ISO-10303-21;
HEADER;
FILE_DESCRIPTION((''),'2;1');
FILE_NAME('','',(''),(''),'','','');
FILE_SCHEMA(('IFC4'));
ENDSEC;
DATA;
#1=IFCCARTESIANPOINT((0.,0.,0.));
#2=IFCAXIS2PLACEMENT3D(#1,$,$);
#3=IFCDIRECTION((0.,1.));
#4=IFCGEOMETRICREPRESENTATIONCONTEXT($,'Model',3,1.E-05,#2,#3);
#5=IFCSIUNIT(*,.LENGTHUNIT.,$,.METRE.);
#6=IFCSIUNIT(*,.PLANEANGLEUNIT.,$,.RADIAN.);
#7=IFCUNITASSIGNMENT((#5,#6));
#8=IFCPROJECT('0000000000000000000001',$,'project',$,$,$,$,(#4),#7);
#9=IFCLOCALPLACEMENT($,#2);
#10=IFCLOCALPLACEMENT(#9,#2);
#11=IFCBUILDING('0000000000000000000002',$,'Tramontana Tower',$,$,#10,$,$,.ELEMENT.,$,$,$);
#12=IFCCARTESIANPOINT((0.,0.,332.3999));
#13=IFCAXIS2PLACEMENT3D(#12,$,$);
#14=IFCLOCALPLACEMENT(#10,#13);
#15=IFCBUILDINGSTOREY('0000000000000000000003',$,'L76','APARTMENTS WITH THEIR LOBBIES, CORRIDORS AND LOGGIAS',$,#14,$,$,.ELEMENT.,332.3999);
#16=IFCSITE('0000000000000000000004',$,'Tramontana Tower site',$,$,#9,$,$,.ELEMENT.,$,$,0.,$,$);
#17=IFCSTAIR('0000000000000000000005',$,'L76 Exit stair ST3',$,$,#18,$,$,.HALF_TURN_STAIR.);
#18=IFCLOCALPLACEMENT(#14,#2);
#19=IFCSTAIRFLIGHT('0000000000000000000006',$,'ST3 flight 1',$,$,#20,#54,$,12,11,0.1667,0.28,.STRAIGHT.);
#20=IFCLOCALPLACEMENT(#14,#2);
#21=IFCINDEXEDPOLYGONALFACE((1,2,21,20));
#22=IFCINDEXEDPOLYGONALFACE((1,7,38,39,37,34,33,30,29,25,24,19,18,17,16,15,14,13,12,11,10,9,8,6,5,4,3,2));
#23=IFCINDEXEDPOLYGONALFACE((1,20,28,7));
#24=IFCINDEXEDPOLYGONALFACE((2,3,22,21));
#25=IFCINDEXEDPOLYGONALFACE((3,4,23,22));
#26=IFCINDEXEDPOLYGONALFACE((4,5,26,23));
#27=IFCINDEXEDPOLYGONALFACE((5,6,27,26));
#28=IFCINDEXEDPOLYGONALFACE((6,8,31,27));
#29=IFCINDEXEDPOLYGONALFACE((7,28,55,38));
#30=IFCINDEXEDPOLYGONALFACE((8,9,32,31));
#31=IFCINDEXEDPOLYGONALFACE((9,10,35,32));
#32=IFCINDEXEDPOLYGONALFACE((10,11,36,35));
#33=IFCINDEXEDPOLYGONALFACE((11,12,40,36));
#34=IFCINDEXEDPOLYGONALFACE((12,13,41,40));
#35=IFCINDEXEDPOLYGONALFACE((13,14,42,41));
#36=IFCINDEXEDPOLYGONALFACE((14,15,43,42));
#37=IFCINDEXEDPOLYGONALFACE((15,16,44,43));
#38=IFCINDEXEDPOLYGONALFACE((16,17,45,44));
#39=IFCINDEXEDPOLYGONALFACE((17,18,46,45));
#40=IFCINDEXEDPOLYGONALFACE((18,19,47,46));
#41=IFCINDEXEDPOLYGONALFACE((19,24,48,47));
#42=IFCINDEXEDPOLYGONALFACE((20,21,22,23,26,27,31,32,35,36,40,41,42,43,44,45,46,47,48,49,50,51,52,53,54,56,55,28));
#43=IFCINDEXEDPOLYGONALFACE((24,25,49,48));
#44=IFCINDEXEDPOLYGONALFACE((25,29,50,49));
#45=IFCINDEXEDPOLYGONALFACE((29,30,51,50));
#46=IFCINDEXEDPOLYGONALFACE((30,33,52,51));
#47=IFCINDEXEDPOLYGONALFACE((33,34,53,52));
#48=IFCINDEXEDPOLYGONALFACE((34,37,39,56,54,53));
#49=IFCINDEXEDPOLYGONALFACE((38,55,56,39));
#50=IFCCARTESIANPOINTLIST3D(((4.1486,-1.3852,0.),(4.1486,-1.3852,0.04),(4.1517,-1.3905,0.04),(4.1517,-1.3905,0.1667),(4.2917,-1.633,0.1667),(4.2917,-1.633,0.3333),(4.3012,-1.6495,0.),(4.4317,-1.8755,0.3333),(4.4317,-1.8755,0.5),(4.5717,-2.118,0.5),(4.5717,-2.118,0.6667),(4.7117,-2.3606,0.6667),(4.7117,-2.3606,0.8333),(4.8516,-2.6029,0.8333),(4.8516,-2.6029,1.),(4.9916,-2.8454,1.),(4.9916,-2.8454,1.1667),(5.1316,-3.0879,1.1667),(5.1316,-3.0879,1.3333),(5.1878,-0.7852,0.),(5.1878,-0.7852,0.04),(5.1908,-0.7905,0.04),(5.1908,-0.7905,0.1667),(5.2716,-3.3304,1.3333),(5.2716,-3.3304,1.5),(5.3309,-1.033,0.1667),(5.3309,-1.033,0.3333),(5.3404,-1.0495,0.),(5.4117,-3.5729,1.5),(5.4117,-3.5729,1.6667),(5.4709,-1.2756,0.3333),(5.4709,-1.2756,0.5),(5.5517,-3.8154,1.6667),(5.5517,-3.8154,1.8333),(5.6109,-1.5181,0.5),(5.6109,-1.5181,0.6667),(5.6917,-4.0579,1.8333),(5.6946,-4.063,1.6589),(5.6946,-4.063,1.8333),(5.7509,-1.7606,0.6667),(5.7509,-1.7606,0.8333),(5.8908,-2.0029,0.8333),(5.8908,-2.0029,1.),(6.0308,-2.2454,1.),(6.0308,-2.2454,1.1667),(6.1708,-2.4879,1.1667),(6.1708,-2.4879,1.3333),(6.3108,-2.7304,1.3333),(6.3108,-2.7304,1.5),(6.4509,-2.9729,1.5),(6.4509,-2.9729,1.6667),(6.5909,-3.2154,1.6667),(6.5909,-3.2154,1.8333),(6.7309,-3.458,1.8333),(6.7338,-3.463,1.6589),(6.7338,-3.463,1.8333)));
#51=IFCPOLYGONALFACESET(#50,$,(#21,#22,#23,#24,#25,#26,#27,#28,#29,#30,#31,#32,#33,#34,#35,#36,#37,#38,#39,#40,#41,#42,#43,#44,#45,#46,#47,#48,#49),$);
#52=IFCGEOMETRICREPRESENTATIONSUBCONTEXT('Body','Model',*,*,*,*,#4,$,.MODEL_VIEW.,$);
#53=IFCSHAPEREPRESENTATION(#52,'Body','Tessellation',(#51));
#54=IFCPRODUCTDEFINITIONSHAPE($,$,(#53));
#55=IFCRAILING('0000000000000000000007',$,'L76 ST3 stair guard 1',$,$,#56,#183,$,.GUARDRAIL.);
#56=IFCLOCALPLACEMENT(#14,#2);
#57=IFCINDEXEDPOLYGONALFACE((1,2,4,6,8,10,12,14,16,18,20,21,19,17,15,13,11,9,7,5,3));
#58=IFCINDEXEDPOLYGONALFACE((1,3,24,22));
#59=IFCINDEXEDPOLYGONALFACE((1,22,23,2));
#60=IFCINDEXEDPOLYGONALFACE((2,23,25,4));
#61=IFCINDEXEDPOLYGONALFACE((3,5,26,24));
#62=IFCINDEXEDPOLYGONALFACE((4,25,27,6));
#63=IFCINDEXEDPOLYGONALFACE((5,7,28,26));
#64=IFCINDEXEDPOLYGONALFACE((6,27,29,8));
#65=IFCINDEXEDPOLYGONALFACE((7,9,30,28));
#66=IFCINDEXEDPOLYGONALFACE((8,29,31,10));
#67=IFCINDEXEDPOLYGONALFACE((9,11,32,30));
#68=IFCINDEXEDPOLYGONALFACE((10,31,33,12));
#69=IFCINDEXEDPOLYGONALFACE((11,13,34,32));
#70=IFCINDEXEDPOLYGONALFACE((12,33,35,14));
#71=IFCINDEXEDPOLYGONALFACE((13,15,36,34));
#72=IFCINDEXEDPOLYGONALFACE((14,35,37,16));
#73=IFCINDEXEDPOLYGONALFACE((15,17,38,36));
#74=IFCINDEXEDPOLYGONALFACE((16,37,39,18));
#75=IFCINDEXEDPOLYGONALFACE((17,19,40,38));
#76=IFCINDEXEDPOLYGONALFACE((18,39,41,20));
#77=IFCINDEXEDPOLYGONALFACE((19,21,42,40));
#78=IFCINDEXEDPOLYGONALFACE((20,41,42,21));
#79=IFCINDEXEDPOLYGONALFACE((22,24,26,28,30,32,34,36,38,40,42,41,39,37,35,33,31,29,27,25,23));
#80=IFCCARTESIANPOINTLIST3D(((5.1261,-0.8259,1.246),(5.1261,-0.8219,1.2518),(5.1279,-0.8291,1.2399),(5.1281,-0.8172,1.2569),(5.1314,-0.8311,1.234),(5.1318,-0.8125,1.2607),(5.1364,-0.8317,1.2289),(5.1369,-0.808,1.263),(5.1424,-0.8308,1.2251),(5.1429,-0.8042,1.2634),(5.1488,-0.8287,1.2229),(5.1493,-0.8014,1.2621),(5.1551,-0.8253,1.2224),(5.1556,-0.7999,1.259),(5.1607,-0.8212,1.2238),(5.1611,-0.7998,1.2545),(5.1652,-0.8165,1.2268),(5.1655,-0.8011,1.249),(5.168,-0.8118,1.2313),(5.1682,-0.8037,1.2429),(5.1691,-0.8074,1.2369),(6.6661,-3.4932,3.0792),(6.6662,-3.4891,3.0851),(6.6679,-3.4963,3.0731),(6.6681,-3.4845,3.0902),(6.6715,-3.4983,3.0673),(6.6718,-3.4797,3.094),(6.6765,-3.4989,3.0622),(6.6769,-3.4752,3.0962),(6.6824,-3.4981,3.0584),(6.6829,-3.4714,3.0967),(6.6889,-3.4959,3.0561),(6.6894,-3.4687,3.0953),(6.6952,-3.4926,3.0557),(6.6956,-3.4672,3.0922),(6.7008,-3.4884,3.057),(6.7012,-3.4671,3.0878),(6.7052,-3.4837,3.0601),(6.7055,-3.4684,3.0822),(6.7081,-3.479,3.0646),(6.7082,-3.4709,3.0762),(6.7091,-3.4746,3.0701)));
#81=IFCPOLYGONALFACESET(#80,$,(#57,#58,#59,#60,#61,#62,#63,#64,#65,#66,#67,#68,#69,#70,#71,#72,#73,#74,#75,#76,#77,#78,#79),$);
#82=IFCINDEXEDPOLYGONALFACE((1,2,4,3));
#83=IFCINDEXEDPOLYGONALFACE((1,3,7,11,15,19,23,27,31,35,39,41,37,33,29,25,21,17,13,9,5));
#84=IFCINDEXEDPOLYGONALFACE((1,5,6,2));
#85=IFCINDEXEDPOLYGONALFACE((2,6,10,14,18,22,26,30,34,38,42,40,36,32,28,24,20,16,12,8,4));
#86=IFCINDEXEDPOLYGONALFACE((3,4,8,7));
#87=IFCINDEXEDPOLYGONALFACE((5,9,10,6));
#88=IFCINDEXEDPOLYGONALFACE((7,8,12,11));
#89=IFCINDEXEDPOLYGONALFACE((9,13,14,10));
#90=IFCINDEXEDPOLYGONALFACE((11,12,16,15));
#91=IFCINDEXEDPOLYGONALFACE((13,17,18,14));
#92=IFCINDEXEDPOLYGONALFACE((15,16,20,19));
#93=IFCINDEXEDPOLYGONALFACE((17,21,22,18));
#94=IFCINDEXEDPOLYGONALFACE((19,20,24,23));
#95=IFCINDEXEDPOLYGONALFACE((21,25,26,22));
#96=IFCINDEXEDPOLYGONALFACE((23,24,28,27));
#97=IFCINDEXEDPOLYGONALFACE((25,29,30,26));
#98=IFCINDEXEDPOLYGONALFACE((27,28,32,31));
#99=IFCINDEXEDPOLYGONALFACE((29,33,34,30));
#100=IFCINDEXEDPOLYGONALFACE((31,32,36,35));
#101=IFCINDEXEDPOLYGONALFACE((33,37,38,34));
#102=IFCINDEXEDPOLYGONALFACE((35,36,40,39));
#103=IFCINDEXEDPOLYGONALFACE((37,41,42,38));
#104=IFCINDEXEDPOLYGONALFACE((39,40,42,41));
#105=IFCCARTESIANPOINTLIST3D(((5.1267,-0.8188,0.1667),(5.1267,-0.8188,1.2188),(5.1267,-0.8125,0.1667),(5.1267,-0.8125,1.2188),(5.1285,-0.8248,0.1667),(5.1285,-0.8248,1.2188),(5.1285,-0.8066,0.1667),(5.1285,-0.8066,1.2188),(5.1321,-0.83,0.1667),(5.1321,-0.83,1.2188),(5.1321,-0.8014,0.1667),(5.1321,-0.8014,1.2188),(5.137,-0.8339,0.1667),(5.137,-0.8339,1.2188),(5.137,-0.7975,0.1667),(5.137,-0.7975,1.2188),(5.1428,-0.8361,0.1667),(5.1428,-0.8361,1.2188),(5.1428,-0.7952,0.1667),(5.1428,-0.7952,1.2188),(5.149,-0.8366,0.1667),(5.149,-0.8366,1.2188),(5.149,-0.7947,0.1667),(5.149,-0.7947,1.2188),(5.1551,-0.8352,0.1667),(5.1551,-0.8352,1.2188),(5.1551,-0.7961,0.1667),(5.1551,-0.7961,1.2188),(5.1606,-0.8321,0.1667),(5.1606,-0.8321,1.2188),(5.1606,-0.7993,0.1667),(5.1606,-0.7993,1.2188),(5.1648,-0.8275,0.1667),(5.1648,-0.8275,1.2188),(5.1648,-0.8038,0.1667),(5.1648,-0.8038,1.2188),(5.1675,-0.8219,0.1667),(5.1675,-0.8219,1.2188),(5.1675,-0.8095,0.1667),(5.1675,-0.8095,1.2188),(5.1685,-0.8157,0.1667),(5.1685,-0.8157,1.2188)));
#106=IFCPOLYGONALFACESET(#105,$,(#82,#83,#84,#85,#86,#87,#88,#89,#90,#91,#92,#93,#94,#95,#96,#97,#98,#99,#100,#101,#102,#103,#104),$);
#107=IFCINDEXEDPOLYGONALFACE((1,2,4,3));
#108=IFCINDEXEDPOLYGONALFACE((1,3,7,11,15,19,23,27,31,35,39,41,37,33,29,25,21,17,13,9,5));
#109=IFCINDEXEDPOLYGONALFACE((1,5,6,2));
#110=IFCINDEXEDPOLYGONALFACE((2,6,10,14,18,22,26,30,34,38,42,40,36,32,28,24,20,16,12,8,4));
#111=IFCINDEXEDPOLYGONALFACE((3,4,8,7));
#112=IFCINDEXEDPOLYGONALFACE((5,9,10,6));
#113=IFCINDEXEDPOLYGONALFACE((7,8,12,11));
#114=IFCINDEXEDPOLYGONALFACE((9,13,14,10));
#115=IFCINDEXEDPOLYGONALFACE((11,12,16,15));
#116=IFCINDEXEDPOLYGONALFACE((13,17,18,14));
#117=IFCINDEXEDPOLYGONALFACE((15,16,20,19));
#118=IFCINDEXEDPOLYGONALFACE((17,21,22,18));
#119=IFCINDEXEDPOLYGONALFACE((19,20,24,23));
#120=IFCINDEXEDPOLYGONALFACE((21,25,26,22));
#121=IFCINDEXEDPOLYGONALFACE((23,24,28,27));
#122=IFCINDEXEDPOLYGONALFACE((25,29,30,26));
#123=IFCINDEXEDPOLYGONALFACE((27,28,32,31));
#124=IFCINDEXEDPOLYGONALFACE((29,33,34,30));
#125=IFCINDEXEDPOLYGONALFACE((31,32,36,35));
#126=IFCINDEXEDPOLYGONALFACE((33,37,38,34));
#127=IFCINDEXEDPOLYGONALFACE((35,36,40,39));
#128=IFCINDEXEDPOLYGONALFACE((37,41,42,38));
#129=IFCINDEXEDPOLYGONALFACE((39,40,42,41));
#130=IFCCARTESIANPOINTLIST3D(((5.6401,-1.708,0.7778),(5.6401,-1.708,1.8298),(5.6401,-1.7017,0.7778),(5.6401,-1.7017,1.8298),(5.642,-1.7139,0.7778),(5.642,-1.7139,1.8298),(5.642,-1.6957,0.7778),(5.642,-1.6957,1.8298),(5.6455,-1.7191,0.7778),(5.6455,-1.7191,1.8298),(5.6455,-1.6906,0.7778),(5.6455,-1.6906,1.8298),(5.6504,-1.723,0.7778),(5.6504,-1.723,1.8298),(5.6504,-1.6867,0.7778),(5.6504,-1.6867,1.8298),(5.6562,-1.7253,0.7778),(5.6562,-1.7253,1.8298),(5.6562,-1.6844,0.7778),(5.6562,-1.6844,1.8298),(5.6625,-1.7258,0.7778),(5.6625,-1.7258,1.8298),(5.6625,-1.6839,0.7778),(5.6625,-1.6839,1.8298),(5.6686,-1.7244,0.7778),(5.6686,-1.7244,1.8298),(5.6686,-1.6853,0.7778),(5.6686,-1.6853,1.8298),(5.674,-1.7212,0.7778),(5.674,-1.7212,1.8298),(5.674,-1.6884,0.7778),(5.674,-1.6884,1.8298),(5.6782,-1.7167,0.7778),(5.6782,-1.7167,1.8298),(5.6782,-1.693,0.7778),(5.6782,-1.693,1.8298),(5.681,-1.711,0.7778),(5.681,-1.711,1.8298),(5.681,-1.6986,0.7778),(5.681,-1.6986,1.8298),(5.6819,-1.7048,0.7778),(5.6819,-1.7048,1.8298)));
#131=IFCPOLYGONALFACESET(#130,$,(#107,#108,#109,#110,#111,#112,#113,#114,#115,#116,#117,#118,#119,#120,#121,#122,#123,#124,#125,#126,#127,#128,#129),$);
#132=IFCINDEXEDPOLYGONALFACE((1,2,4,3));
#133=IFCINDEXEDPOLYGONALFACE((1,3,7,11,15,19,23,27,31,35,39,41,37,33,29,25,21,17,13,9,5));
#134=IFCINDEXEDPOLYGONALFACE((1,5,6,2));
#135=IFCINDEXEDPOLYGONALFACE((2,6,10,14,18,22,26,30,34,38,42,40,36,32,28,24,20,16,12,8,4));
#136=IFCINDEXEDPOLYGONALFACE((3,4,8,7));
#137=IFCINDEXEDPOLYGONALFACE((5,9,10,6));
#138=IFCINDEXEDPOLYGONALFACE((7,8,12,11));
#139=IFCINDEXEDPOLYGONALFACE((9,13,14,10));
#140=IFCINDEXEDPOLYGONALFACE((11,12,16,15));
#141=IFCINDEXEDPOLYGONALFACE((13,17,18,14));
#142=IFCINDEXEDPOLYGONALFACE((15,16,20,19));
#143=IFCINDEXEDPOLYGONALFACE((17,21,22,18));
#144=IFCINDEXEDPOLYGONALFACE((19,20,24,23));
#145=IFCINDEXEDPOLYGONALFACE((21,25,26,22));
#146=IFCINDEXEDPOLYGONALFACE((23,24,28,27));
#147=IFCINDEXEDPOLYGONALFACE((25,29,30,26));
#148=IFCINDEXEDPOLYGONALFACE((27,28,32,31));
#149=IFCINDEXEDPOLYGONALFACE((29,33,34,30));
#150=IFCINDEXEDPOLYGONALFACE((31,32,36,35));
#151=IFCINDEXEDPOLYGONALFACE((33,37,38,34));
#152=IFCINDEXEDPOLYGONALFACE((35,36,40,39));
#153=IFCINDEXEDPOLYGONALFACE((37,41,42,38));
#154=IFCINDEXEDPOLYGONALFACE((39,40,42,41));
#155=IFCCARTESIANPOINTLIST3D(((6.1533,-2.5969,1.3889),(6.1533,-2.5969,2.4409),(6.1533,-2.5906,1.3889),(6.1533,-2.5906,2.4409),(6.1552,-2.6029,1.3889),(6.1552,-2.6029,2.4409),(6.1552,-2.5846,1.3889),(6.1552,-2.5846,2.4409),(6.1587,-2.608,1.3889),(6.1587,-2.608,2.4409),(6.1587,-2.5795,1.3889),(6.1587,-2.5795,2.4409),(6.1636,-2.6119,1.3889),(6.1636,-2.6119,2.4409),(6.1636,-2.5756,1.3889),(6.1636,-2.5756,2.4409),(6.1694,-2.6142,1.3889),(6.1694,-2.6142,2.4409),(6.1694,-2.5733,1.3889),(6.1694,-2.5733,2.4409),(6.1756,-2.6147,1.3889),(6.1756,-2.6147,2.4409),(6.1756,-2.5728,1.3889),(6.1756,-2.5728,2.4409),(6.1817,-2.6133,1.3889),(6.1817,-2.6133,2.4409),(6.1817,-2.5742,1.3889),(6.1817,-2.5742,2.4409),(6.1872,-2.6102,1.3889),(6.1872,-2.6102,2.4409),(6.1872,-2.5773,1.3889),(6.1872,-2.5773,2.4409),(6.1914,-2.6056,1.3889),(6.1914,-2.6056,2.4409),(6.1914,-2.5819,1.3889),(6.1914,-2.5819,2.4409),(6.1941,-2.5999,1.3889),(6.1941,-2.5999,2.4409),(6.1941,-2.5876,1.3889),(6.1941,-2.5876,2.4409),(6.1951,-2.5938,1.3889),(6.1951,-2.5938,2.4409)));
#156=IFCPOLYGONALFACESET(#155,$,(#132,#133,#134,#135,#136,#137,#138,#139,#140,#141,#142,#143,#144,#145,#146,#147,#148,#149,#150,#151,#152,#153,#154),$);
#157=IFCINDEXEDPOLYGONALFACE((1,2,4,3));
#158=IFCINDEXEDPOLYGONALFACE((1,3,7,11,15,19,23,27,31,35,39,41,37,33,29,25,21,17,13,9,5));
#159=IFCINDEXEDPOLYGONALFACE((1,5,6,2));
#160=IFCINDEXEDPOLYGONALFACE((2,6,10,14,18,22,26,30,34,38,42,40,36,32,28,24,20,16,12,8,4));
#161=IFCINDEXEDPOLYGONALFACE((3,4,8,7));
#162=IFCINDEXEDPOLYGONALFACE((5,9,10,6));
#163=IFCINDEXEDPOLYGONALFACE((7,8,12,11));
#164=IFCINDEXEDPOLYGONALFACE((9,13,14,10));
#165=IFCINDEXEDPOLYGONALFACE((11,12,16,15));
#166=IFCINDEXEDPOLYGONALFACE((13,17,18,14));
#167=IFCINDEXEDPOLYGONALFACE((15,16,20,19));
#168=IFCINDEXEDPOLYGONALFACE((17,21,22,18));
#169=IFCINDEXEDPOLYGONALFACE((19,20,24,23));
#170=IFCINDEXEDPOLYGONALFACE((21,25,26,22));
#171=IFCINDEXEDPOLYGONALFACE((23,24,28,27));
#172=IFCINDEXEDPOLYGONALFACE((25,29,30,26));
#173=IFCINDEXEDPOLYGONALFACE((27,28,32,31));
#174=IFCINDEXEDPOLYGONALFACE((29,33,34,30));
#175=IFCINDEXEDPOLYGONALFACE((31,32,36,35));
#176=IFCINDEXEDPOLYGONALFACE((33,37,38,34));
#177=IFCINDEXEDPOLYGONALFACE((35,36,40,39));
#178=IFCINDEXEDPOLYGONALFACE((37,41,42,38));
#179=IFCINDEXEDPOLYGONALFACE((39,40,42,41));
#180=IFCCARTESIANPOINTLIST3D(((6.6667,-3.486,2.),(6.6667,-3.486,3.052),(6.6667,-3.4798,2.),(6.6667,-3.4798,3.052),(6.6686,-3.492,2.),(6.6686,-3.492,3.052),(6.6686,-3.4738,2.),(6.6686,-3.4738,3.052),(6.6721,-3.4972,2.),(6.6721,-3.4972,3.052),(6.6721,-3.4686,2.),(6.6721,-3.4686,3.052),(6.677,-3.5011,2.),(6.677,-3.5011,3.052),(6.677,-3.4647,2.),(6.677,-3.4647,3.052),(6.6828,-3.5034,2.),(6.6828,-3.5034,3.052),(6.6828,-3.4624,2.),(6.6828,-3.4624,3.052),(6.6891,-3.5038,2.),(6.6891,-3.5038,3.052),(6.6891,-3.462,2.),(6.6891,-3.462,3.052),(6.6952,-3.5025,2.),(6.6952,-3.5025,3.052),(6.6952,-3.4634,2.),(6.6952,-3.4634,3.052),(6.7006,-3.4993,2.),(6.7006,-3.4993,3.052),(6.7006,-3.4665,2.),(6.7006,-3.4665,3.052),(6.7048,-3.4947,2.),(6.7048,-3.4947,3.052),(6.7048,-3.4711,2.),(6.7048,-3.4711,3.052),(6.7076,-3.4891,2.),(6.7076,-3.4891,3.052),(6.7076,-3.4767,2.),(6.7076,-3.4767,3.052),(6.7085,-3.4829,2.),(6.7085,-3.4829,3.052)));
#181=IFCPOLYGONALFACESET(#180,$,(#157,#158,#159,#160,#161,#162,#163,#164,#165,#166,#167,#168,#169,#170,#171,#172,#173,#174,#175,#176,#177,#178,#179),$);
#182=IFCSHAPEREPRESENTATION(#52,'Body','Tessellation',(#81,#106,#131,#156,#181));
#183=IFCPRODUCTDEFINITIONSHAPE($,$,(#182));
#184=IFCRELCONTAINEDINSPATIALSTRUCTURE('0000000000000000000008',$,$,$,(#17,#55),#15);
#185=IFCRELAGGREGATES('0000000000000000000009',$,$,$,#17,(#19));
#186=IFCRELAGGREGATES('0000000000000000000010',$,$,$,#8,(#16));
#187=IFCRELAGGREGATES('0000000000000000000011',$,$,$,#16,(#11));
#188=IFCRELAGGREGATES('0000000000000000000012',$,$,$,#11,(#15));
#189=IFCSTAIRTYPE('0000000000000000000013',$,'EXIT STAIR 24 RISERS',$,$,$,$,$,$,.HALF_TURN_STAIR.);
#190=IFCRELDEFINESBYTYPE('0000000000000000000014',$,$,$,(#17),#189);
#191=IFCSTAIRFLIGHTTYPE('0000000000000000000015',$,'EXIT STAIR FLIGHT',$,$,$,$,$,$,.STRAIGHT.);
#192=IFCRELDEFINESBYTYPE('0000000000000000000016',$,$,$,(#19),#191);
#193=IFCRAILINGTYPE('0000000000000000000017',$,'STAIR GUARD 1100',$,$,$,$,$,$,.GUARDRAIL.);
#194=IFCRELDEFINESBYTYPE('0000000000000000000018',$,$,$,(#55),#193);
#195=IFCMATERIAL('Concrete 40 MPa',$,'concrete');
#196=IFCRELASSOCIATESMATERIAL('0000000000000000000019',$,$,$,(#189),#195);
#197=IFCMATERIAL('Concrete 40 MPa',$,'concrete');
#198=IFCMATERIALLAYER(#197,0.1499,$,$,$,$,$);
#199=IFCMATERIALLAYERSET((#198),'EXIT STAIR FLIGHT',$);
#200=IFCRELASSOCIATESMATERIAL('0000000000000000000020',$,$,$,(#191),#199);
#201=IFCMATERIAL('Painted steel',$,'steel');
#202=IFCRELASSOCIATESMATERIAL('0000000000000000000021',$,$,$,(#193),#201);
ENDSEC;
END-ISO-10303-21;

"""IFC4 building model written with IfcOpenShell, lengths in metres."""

from ifc_helpers import new_model, si_unit, direction, frame, origin, origin_2d, place, context, subcontext, project, spatial, polyline, circle, outline, extrude, material, layer, layer_set, type_object, element, aggregate, save


model = new_model("IFC4")

# Units and contexts
model_context = context("Model", 3, precision=1e-05, world=origin(), true_north=direction((0.0, 1.0)))
body_context = subcontext(model_context, "Body", "Model", "MODEL_VIEW")
ifc_project = project(units=[si_unit("LENGTHUNIT", "METRE"), si_unit("PLANEANGLEUNIT", "RADIAN")], contexts=[model_context])

# Site, building, storey
site_placement = place(None, origin())
site = spatial("IfcSite", under=ifc_project, at=site_placement, Name="Tramontana Tower site", CompositionType="ELEMENT", RefElevation=0.0)
building_placement = place(site_placement, origin())
building = spatial("IfcBuilding", under=site, at=building_placement, Name="Tramontana Tower", CompositionType="ELEMENT")
storey_placement = place(building_placement, frame((0.0, 0.0, 332.3999)))
storey = spatial("IfcBuildingStorey", under=building, at=storey_placement, Name="L76", Description="APARTMENTS WITH THEIR LOBBIES, CORRIDORS AND LOGGIAS", CompositionType="ELEMENT", Elevation=332.3999)

# Stair, stair flight
ifc_material_1 = material(Name="Concrete 40 MPa", Category="concrete")
stair_type = type_object("IfcStairType", Name="EXIT STAIR 24 RISERS", PredefinedType="HALF_TURN_STAIR", material=ifc_material_1)
stair_placement = place(storey_placement, origin())
stair = element("IfcStair", 1, at=stair_placement, inside=storey, type_object=stair_type, Name="L76 Exit stair ST3", PredefinedType="HALF_TURN_STAIR")
ifc_material_2 = material(Name="Concrete 40 MPa", Category="concrete")
ifc_layer_1 = layer(ifc_material_2, 0.1499)
ifc_layer_set_1 = layer_set([ifc_layer_1], Name="EXIT STAIR FLIGHT")
stair_flight_type = type_object("IfcStairFlightType", Name="EXIT STAIR FLIGHT", PredefinedType="STRAIGHT", material=ifc_layer_set_1)
stair_flight_placement = place(storey_placement, frame((4.6711, -1.0906, 0.0), z_axis=(0.0, 0.0, 1.0), x_axis=(0.5, -0.866025, 0.0)))
stair_flight = element("IfcStairFlight", 2, at=stair_flight_placement, type_object=stair_flight_type, Name="ST3 flight 1", NumberOfRisers=12, NumberOfTreads=11, PredefinedType="STRAIGHT", RiserHeight=0.1667, TreadLength=0.28, context=body_context, shape_type="SweptSolid", body=[
    extrude(outline(polyline([(-0.0061, 0.0), (-0.0061, 0.04), (0.0, 0.04), (0.0, 0.1667), (0.28, 0.1667), (0.28, 0.3333), (0.5601, 0.3333), (0.5601, 0.5), (0.8401, 0.5), (0.8401, 0.6667), (1.1201, 0.6667), (1.1201, 0.8333), (1.3999, 0.8333), (1.3999, 1.0), (1.6799, 1.0), (1.6799, 1.1667), (1.96, 1.1667), (1.96, 1.3333), (2.24, 1.3333), (2.24, 1.5), (2.52, 1.5), (2.52, 1.6667), (2.8, 1.6667), (2.8, 1.8333), (3.0801, 1.8333), (3.0859, 1.8333), (3.0859, 1.6589), (0.2991, 0.0), (-0.0061, 0.0)])), frame((0.0, 0.6001, 0.0), z_axis=(0.0, -1.0, 0.0), x_axis=(1.0, 0.0, 0.0)), (0.0, 0.0, 1.0), 1.2),
])
aggregate(stair, [stair_flight])

# Railing
ifc_material_3 = material(Name="Painted steel", Category="steel")
railing_type_1 = type_object("IfcRailingType", Name="STAIR GUARD 1100", PredefinedType="GUARDRAIL", material=ifc_material_3)
railing_1_placement = place(storey_placement, frame((5.1475, -0.8157, 0.1667)))
element("IfcRailing", 3, at=railing_1_placement, inside=storey, type_object=railing_type_1, Name="L76 ST3 stair guard 1", PredefinedType="GUARDRAIL", context=body_context, shape_type="SweptSolid", body=[
    extrude(circle(Radius=0.0239, at=origin_2d()), frame((0.0, 0.0, 1.0762), z_axis=(0.429671, -0.744159, 0.511478), x_axis=(0.86601, 0.500027, 0.0)), (0.0, 0.0, 1.0), 3.5842),
    extrude(circle(Radius=0.021, at=origin_2d()), origin(), (0.0, 0.0, 1.0), 1.052),
    extrude(circle(Radius=0.021, at=origin_2d()), frame((0.5134, -0.8892, 0.6111)), (0.0, 0.0, 1.0), 1.052),
    extrude(circle(Radius=0.021, at=origin_2d()), frame((1.0266, -1.7781, 1.2222)), (0.0, 0.0, 1.0), 1.052),
    extrude(circle(Radius=0.021, at=origin_2d()), frame((1.54, -2.6672, 1.8333)), (0.0, 0.0, 1.0), 1.052),
])

save(model, "model.ifc")
